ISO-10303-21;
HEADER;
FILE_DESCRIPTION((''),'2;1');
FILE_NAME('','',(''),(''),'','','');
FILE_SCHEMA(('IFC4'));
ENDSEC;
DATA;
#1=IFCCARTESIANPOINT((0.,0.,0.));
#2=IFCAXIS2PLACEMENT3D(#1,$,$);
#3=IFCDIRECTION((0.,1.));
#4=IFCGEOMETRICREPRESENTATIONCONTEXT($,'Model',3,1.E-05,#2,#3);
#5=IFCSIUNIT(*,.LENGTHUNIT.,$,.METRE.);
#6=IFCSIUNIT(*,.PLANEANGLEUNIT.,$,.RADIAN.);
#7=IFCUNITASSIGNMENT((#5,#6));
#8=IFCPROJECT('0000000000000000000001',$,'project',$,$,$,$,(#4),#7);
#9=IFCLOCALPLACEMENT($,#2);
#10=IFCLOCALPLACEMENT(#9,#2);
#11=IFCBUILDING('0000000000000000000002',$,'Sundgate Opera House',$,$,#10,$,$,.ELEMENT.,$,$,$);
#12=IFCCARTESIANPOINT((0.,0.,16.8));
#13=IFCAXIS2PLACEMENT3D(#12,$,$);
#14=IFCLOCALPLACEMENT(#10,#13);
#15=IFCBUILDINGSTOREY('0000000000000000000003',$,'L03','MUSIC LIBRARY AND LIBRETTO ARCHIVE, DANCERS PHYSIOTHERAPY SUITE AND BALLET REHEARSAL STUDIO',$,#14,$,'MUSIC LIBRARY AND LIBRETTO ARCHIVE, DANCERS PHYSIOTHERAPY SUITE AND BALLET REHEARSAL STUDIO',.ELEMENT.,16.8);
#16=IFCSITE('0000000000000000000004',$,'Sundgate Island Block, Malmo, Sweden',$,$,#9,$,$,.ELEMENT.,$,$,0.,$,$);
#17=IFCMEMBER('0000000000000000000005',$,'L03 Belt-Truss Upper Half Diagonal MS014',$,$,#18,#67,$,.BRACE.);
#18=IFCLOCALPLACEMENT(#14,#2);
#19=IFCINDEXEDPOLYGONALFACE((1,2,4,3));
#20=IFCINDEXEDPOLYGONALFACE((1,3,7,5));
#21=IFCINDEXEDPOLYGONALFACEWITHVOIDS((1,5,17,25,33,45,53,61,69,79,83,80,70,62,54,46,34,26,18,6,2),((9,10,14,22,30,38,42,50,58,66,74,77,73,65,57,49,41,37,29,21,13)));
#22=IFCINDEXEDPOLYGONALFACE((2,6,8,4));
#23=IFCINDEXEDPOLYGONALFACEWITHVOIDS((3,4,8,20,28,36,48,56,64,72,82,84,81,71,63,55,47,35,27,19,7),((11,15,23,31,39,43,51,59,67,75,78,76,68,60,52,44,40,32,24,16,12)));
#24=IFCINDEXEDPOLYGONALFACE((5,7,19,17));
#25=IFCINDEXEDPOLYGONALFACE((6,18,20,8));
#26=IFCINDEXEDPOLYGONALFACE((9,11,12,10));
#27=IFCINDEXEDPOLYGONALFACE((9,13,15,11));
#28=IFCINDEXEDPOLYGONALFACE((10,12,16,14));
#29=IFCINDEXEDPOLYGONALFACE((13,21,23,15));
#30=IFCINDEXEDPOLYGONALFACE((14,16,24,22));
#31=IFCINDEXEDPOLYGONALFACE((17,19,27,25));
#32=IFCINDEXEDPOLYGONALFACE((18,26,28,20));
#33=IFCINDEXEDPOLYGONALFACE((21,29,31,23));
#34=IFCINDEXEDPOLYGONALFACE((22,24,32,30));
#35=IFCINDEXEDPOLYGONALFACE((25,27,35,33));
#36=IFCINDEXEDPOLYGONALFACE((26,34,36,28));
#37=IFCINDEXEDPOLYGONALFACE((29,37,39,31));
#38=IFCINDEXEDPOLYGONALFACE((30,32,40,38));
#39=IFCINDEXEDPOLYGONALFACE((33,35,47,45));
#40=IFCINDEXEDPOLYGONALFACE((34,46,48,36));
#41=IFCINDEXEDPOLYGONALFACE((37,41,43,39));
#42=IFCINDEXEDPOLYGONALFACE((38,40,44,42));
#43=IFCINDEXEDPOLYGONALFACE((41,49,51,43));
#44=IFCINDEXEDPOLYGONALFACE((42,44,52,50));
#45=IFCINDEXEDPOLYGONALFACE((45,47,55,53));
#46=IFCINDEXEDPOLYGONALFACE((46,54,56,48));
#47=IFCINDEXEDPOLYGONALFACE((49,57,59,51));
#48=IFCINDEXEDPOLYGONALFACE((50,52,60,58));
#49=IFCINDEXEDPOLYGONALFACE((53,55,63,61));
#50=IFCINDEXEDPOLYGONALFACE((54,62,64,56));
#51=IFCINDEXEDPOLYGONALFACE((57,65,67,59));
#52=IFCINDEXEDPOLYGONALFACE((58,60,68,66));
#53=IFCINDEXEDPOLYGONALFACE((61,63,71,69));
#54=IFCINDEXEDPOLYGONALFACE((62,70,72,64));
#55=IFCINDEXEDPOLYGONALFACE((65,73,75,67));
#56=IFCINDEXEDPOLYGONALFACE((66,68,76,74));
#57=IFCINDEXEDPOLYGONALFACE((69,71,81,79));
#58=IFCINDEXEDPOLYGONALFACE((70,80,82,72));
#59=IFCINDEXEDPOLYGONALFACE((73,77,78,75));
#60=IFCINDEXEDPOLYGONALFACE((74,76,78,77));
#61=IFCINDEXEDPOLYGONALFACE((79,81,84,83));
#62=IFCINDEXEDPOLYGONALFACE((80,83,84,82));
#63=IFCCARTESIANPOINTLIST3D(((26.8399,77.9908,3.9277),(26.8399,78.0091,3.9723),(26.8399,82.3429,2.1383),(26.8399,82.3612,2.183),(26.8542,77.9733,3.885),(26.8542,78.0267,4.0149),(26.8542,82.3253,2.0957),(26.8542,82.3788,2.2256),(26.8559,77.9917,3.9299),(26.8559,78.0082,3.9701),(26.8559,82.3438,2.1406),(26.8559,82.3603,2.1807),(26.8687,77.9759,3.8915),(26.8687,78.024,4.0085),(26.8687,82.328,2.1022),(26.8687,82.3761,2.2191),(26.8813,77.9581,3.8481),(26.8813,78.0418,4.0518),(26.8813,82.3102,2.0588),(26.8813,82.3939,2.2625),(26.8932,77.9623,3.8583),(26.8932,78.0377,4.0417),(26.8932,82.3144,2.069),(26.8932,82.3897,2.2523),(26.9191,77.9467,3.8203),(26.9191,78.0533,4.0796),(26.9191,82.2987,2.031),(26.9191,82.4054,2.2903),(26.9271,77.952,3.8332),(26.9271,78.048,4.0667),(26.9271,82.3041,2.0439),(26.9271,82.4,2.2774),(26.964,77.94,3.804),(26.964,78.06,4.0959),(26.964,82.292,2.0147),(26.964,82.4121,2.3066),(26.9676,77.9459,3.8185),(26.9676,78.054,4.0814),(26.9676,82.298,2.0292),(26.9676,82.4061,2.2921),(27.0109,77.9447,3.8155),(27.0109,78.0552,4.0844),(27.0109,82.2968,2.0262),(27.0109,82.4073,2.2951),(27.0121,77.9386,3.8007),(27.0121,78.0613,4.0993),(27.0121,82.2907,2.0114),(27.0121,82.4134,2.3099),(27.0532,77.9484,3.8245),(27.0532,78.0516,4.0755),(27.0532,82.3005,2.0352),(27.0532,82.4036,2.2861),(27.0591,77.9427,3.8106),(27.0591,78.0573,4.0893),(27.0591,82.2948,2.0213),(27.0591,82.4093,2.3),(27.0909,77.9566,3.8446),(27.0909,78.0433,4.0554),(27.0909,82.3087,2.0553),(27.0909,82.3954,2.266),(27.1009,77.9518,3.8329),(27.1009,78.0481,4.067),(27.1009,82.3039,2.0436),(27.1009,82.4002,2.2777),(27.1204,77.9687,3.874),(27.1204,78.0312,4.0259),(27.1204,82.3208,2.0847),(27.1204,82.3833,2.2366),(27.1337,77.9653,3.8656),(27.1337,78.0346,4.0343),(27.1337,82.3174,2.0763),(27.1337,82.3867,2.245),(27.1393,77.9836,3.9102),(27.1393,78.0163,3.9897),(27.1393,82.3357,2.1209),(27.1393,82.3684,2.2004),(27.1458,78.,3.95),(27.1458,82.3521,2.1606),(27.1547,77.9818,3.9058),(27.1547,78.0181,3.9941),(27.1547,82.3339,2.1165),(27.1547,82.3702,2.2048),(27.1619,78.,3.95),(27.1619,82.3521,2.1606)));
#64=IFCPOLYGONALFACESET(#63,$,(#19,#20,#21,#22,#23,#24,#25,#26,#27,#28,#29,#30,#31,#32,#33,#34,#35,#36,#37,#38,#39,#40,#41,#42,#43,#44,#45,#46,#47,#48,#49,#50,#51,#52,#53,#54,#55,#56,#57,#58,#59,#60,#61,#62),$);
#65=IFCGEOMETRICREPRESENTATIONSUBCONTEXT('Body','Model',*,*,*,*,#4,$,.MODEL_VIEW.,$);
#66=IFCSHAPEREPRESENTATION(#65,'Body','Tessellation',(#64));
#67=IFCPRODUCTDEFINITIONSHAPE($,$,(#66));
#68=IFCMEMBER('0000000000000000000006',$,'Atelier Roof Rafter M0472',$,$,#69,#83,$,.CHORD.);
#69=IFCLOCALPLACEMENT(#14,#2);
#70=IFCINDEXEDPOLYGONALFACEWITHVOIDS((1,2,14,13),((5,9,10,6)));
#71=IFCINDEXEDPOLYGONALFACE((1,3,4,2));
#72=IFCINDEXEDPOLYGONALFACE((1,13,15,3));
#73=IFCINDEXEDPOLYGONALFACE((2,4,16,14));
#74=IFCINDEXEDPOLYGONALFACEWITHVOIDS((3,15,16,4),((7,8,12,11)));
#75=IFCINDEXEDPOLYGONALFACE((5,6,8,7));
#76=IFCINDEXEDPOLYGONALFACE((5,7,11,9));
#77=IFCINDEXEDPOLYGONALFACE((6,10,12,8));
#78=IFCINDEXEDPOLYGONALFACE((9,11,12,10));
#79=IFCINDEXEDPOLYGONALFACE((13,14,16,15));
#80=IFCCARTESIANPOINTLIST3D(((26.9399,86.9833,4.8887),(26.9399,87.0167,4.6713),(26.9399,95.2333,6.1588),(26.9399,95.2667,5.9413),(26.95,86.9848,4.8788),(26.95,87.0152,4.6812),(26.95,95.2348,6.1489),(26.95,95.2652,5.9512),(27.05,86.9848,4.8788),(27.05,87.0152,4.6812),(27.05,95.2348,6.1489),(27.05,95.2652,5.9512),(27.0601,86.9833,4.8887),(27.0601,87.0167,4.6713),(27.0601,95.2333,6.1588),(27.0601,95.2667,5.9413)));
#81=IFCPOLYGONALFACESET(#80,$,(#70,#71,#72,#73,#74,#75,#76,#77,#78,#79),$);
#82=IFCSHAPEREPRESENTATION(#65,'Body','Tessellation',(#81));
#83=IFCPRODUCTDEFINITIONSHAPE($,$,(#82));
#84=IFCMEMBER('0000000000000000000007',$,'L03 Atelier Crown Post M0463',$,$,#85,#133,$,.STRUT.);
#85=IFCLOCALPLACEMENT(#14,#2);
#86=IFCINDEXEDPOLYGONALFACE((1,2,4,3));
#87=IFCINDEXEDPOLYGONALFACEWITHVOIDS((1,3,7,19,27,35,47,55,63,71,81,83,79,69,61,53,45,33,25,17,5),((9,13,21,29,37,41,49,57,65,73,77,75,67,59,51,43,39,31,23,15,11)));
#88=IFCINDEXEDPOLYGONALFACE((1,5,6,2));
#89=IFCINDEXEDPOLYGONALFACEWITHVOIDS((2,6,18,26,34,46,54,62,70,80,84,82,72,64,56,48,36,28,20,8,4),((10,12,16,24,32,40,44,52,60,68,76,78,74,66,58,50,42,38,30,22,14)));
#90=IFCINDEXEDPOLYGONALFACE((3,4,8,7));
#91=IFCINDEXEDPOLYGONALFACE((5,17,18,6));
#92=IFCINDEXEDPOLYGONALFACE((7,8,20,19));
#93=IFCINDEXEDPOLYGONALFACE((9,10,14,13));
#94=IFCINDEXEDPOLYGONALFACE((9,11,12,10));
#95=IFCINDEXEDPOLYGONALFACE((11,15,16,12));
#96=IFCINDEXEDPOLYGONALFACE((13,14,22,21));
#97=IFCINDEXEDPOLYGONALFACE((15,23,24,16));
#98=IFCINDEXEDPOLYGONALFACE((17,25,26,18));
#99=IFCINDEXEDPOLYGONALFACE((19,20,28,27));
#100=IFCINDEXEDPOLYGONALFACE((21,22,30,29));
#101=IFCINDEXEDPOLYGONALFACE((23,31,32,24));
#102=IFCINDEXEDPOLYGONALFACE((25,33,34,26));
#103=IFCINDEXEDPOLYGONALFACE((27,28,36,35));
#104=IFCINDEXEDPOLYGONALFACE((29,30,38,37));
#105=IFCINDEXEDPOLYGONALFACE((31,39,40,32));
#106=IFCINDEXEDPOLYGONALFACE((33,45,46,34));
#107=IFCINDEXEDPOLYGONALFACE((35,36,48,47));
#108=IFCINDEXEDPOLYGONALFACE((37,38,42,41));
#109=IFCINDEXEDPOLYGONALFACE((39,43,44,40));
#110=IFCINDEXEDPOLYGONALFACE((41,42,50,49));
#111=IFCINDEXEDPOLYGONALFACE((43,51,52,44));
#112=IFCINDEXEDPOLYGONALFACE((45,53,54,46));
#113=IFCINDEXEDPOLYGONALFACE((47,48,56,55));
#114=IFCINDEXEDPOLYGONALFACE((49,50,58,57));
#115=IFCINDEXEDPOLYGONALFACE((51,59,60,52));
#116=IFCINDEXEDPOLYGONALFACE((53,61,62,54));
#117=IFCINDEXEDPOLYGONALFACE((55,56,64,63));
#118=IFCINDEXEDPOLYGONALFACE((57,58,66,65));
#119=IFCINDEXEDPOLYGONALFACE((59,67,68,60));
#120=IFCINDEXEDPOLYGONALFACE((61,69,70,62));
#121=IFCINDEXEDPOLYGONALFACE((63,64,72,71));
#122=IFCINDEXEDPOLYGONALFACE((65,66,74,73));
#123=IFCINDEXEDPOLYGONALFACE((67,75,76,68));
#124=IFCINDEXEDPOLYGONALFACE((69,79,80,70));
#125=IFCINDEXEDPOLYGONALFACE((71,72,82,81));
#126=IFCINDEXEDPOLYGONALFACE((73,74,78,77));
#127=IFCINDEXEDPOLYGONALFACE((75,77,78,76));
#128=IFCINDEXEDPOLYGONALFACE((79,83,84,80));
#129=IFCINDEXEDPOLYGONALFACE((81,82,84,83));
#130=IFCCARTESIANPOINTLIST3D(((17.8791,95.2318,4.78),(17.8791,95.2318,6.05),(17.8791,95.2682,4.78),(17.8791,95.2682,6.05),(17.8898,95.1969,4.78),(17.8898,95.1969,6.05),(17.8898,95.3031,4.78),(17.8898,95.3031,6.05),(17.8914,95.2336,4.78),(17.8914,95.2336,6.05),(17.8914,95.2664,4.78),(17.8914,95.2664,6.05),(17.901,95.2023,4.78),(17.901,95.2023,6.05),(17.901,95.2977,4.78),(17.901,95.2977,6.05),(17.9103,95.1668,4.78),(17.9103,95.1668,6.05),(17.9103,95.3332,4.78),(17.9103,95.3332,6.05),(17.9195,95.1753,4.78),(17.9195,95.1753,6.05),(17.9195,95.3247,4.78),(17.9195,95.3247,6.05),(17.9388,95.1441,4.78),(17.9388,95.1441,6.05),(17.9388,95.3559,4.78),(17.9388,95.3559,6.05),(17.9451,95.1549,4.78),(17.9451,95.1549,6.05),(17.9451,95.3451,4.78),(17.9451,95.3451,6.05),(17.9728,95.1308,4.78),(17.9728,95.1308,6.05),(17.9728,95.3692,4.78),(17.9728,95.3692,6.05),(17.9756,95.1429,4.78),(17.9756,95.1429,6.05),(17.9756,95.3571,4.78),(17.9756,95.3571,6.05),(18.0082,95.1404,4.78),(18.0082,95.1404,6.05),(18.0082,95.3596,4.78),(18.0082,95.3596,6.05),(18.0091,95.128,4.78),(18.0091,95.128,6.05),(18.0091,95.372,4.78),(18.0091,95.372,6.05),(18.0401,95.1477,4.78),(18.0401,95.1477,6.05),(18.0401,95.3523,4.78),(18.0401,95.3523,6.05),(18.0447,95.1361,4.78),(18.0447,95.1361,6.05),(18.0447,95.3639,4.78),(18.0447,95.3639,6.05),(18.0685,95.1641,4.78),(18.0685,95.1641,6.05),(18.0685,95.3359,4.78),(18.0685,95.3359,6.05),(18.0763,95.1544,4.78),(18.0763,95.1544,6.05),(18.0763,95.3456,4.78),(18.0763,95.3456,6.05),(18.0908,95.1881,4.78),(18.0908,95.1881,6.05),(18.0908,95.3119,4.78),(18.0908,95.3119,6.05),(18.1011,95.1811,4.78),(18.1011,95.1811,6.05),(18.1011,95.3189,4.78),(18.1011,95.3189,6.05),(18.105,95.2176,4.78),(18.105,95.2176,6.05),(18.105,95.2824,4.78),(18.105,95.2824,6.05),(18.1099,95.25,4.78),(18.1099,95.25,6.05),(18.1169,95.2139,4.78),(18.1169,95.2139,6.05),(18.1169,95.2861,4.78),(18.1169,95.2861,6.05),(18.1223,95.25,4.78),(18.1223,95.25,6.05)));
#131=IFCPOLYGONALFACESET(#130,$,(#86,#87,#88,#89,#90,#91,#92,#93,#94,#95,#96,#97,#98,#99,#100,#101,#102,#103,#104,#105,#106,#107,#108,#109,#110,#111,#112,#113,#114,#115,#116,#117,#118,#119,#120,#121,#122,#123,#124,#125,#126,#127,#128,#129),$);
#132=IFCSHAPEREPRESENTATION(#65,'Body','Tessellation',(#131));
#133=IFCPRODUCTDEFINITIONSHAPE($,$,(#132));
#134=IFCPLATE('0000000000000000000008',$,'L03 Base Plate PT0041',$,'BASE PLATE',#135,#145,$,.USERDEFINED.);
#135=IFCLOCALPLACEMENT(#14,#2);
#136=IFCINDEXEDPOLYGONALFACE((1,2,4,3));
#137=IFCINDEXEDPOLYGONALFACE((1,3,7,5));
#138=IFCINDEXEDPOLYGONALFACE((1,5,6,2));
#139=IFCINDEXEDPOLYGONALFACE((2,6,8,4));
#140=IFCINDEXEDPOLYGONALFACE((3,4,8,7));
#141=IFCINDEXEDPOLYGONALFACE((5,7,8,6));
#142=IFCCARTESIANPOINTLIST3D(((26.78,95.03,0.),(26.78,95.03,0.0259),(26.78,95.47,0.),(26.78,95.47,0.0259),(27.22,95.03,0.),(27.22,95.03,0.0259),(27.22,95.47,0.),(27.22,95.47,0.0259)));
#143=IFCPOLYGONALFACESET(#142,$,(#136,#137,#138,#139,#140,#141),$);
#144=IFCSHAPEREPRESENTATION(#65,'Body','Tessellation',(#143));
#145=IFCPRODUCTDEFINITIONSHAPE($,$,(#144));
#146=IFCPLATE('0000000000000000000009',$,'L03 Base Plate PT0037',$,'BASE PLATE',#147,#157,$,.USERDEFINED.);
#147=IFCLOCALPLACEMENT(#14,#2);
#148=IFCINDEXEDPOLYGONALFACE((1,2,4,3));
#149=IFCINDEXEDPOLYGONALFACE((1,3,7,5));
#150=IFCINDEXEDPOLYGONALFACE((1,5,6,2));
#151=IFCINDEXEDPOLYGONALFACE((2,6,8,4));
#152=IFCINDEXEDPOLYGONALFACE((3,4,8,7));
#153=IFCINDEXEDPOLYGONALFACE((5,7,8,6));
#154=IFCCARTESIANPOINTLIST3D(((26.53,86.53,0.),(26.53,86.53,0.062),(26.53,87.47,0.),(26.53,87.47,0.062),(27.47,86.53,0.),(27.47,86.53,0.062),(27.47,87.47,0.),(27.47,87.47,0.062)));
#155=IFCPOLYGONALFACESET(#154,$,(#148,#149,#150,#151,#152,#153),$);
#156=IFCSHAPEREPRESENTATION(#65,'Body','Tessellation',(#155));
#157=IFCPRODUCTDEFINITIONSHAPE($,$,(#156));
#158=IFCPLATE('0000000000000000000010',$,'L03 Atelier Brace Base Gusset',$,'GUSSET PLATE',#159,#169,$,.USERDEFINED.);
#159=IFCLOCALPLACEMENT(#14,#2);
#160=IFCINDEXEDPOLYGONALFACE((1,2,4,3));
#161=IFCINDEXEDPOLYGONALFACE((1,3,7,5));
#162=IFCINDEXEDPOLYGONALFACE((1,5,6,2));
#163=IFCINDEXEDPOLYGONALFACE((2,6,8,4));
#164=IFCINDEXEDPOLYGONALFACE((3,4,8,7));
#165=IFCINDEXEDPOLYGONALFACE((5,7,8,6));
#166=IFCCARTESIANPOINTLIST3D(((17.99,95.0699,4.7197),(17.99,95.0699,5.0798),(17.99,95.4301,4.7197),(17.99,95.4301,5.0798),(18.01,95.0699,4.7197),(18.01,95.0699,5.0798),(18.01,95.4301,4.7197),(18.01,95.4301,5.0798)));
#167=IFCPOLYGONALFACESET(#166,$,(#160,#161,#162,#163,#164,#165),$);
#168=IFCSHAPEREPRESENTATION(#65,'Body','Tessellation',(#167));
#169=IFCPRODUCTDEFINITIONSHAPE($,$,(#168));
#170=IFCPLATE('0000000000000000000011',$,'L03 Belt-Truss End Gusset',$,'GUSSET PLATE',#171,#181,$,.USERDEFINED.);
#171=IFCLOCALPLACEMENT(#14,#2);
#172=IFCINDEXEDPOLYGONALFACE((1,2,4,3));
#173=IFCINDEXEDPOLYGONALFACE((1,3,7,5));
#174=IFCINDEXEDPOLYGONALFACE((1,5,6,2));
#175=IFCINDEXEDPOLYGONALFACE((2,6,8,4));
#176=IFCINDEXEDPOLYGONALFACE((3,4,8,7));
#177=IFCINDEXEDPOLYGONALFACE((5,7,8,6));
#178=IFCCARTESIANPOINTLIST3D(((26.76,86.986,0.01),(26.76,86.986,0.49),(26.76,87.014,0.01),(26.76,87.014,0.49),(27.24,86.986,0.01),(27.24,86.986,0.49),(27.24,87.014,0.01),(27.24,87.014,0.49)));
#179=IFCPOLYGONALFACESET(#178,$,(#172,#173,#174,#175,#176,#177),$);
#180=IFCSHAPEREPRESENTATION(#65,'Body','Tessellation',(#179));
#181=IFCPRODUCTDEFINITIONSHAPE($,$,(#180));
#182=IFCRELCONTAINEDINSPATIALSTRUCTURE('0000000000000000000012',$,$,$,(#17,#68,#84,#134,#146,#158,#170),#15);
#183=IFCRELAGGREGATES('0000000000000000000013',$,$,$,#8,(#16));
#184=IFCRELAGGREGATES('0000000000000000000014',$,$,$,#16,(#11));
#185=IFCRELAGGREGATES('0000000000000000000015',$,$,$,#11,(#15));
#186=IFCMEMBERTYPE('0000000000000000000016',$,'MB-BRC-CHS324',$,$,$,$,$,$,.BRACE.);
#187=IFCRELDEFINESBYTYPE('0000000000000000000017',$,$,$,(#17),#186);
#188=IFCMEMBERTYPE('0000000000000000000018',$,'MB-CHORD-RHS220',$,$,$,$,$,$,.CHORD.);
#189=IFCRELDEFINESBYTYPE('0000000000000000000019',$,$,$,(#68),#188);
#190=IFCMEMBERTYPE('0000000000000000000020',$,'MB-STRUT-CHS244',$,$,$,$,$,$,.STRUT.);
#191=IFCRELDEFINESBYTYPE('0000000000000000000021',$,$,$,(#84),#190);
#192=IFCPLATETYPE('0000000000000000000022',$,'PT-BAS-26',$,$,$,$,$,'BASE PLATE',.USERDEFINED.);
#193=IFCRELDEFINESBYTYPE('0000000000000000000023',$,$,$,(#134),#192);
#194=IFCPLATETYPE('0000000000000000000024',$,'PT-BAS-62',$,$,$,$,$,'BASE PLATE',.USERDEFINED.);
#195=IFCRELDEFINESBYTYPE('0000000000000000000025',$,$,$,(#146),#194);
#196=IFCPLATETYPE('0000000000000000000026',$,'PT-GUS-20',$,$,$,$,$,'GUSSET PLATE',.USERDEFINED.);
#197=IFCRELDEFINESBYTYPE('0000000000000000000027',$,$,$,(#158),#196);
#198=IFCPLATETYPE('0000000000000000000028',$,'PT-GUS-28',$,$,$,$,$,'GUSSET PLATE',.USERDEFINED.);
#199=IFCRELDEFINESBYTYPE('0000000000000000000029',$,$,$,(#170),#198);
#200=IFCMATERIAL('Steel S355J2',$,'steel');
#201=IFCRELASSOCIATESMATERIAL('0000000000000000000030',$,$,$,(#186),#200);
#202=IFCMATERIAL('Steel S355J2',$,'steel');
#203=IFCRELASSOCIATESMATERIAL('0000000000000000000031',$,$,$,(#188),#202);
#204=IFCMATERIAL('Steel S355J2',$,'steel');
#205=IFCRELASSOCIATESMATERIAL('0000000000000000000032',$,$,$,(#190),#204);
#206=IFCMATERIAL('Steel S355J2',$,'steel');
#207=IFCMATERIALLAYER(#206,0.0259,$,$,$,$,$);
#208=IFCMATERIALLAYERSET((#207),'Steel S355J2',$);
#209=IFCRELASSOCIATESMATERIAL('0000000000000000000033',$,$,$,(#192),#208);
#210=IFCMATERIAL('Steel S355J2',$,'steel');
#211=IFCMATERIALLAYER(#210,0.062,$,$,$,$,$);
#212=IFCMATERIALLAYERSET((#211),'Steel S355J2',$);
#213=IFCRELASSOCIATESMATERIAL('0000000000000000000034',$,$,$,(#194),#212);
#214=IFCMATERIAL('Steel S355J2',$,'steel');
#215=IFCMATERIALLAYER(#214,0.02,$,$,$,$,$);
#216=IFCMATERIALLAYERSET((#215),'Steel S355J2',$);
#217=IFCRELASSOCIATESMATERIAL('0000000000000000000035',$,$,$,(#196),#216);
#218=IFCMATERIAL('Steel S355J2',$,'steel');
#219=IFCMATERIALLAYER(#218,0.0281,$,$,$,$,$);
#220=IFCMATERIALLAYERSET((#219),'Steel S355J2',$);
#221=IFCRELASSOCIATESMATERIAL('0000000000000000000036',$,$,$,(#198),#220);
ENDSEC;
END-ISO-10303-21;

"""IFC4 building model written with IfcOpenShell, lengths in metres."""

from ifc_helpers import new_model, si_unit, direction, frame, origin, origin_2d, place, context, subcontext, project, spatial, rectangle, hollow_rectangle, hollow_circle, extrude, material, layer, layer_set, material_profile, profile_set, type_object, element, save


model = new_model("IFC4")

# Units and contexts
model_context = context("Model", 3, precision=1e-05, world=origin(), true_north=direction((0.0, 1.0)))
body_context = subcontext(model_context, "Body", "Model", "MODEL_VIEW")
ifc_project = project(units=[si_unit("LENGTHUNIT", "METRE"), si_unit("PLANEANGLEUNIT", "RADIAN")], contexts=[model_context])

# Site, building, storey
site_placement = place(None, origin())
site = spatial("IfcSite", under=ifc_project, at=site_placement, Name="Sundgate Island Block, Malmo, Sweden", CompositionType="ELEMENT", RefElevation=0.0)
building_placement = place(site_placement, origin())
building = spatial("IfcBuilding", under=site, at=building_placement, Name="Sundgate Opera House", CompositionType="ELEMENT")
storey_placement = place(building_placement, frame((0.0, 0.0, 16.8)))
storey = spatial("IfcBuildingStorey", under=building, at=storey_placement, Name="L03", Description="MUSIC LIBRARY AND LIBRETTO ARCHIVE, DANCERS PHYSIOTHERAPY SUITE AND BALLET REHEARSAL STUDIO", LongName="MUSIC LIBRARY AND LIBRETTO ARCHIVE, DANCERS PHYSIOTHERAPY SUITE AND BALLET REHEARSAL STUDIO", CompositionType="ELEMENT", Elevation=16.8)

# Members
ifc_material_1 = material(Name="Steel S355J2", Category="steel")
ifc_material_profile_1 = material_profile(ifc_material_1, hollow_circle(Radius=0.1619, WallThickness=0.0161, at=origin_2d()), Name="CHS 323.9x16.0")
ifc_profile_set_1 = profile_set([ifc_material_profile_1], Name="Steel S355J2")
member_type_1 = type_object("IfcMemberType", Name="MB-BRC-CHS324", PredefinedType="BRACE", material=ifc_profile_set_1)
member_1_placement = place(storey_placement, frame((27.0, 82.3521, 2.1606), z_axis=(0.0, -0.924881, 0.380257), x_axis=(1.0, 0.0, 0.0)))
element("IfcMember", 1, at=member_1_placement, inside=storey, type_object=member_type_1, Name="L03 Belt-Truss Upper Half Diagonal MS014", PredefinedType="BRACE", context=body_context, shape_type="SweptSolid", body=[
    extrude(hollow_circle(Radius=0.1619, WallThickness=0.0161, at=origin_2d()), origin(), (0.0, 0.0, 1.0), 4.7056),
])
ifc_material_2 = material(Name="Steel S355J2", Category="steel")
ifc_material_profile_2 = material_profile(ifc_material_2, hollow_rectangle(XDim=0.1201, YDim=0.22, WallThickness=0.01, at=origin_2d()), Name="RHS 220x120x10.0")
ifc_profile_set_2 = profile_set([ifc_material_profile_2], Name="Steel S355J2")
member_type_2 = type_object("IfcMemberType", Name="MB-CHORD-RHS220", PredefinedType="CHORD", material=ifc_profile_set_2)
member_2_placement = place(storey_placement, frame((27.0, 87.0, 4.78), z_axis=(0.0, 0.988357, 0.152149), x_axis=(-1.0, 0.0, 0.0)))
element("IfcMember", 2, at=member_2_placement, inside=storey, type_object=member_type_2, Name="Atelier Roof Rafter M0472", PredefinedType="CHORD", context=body_context, shape_type="SweptSolid", body=[
    extrude(hollow_rectangle(XDim=0.1201, YDim=0.22, WallThickness=0.01, at=origin_2d()), origin(), (0.0, 0.0, 1.0), 8.3472),
])
ifc_material_3 = material(Name="Steel S355J2", Category="steel")
ifc_material_profile_3 = material_profile(ifc_material_3, hollow_circle(Radius=0.1223, WallThickness=0.0125, at=origin_2d()), Name="CHS 244.5x12.5")
ifc_profile_set_3 = profile_set([ifc_material_profile_3], Name="Steel S355J2")
member_type_3 = type_object("IfcMemberType", Name="MB-STRUT-CHS244", PredefinedType="STRUT", material=ifc_profile_set_3)
member_3_placement = place(storey_placement, frame((18.0, 95.25, 4.78), z_axis=(0.0, 0.0, 1.0), x_axis=(1.0, 0.0, 0.0)))
element("IfcMember", 3, at=member_3_placement, inside=storey, type_object=member_type_3, Name="L03 Atelier Crown Post M0463", PredefinedType="STRUT", context=body_context, shape_type="SweptSolid", body=[
    extrude(hollow_circle(Radius=0.1223, WallThickness=0.0125, at=origin_2d()), origin(), (0.0, 0.0, 1.0), 1.27),
])

# Plates
ifc_material_4 = material(Name="Steel S355J2", Category="steel")
ifc_layer_1 = layer(ifc_material_4, 0.0259)
ifc_layer_set_1 = layer_set([ifc_layer_1], Name="Steel S355J2")
plate_type_1 = type_object("IfcPlateType", Name="PT-BAS-26", ElementType="BASE PLATE", PredefinedType="USERDEFINED", material=ifc_layer_set_1)
plate_1_placement = place(storey_placement, frame((27.0, 95.25, 0.0), z_axis=(0.0, 0.0, 1.0), x_axis=(1.0, 0.0, 0.0)))
element("IfcPlate", 4, at=plate_1_placement, inside=storey, type_object=plate_type_1, Name="L03 Base Plate PT0041", ObjectType="BASE PLATE", PredefinedType="USERDEFINED", context=body_context, shape_type="SweptSolid", body=[
    extrude(rectangle(XDim=0.4399, YDim=0.4399, at=origin_2d()), origin(), (0.0, 0.0, 1.0), 0.0259),
])
ifc_material_5 = material(Name="Steel S355J2", Category="steel")
ifc_layer_2 = layer(ifc_material_5, 0.062)
ifc_layer_set_2 = layer_set([ifc_layer_2], Name="Steel S355J2")
plate_type_2 = type_object("IfcPlateType", Name="PT-BAS-62", ElementType="BASE PLATE", PredefinedType="USERDEFINED", material=ifc_layer_set_2)
plate_2_placement = place(storey_placement, frame((27.0, 87.0, 0.0), z_axis=(0.0, 0.0, 1.0), x_axis=(1.0, 0.0, 0.0)))
element("IfcPlate", 5, at=plate_2_placement, inside=storey, type_object=plate_type_2, Name="L03 Base Plate PT0037", ObjectType="BASE PLATE", PredefinedType="USERDEFINED", context=body_context, shape_type="SweptSolid", body=[
    extrude(rectangle(XDim=0.9399, YDim=0.9399, at=origin_2d()), origin(), (0.0, 0.0, 1.0), 0.062),
])
ifc_material_6 = material(Name="Steel S355J2", Category="steel")
ifc_layer_3 = layer(ifc_material_6, 0.02)
ifc_layer_set_3 = layer_set([ifc_layer_3], Name="Steel S355J2")
plate_type_3 = type_object("IfcPlateType", Name="PT-GUS-20", ElementType="GUSSET PLATE", PredefinedType="USERDEFINED", material=ifc_layer_set_3)
plate_3_placement = place(storey_placement, frame((18.0, 95.25, 4.7197), z_axis=(0.0, 0.0, 1.0), x_axis=(1.0, 0.0, 0.0)))
element("IfcPlate", 6, at=plate_3_placement, inside=storey, type_object=plate_type_3, Name="L03 Atelier Brace Base Gusset", ObjectType="GUSSET PLATE", PredefinedType="USERDEFINED", context=body_context, shape_type="SweptSolid", body=[
    extrude(rectangle(XDim=0.02, YDim=0.3601, at=origin_2d()), origin(), (0.0, 0.0, 1.0), 0.3601),
])
ifc_material_7 = material(Name="Steel S355J2", Category="steel")
ifc_layer_4 = layer(ifc_material_7, 0.0281)
ifc_layer_set_4 = layer_set([ifc_layer_4], Name="Steel S355J2")
plate_type_4 = type_object("IfcPlateType", Name="PT-GUS-28", ElementType="GUSSET PLATE", PredefinedType="USERDEFINED", material=ifc_layer_set_4)
for number, where, z_axis, x_axis, name in (
    (7, (27.0, 87.0, 0.01), (0.0, 0.0, 1.0), (1.0, 0.0, 0.0), "L03 Belt-Truss End Gusset"),
):
    element("IfcPlate", number, at=place(storey_placement, frame(where, z_axis=z_axis, x_axis=x_axis)), inside=storey, type_object=plate_type_4, Name=name, ObjectType="GUSSET PLATE", PredefinedType="USERDEFINED", context=body_context, shape_type="SweptSolid", body=[
        extrude(rectangle(XDim=0.48, YDim=0.0281, at=origin_2d()), origin(), (0.0, 0.0, 1.0), 0.48),
    ])

save(model, "model.ifc")
